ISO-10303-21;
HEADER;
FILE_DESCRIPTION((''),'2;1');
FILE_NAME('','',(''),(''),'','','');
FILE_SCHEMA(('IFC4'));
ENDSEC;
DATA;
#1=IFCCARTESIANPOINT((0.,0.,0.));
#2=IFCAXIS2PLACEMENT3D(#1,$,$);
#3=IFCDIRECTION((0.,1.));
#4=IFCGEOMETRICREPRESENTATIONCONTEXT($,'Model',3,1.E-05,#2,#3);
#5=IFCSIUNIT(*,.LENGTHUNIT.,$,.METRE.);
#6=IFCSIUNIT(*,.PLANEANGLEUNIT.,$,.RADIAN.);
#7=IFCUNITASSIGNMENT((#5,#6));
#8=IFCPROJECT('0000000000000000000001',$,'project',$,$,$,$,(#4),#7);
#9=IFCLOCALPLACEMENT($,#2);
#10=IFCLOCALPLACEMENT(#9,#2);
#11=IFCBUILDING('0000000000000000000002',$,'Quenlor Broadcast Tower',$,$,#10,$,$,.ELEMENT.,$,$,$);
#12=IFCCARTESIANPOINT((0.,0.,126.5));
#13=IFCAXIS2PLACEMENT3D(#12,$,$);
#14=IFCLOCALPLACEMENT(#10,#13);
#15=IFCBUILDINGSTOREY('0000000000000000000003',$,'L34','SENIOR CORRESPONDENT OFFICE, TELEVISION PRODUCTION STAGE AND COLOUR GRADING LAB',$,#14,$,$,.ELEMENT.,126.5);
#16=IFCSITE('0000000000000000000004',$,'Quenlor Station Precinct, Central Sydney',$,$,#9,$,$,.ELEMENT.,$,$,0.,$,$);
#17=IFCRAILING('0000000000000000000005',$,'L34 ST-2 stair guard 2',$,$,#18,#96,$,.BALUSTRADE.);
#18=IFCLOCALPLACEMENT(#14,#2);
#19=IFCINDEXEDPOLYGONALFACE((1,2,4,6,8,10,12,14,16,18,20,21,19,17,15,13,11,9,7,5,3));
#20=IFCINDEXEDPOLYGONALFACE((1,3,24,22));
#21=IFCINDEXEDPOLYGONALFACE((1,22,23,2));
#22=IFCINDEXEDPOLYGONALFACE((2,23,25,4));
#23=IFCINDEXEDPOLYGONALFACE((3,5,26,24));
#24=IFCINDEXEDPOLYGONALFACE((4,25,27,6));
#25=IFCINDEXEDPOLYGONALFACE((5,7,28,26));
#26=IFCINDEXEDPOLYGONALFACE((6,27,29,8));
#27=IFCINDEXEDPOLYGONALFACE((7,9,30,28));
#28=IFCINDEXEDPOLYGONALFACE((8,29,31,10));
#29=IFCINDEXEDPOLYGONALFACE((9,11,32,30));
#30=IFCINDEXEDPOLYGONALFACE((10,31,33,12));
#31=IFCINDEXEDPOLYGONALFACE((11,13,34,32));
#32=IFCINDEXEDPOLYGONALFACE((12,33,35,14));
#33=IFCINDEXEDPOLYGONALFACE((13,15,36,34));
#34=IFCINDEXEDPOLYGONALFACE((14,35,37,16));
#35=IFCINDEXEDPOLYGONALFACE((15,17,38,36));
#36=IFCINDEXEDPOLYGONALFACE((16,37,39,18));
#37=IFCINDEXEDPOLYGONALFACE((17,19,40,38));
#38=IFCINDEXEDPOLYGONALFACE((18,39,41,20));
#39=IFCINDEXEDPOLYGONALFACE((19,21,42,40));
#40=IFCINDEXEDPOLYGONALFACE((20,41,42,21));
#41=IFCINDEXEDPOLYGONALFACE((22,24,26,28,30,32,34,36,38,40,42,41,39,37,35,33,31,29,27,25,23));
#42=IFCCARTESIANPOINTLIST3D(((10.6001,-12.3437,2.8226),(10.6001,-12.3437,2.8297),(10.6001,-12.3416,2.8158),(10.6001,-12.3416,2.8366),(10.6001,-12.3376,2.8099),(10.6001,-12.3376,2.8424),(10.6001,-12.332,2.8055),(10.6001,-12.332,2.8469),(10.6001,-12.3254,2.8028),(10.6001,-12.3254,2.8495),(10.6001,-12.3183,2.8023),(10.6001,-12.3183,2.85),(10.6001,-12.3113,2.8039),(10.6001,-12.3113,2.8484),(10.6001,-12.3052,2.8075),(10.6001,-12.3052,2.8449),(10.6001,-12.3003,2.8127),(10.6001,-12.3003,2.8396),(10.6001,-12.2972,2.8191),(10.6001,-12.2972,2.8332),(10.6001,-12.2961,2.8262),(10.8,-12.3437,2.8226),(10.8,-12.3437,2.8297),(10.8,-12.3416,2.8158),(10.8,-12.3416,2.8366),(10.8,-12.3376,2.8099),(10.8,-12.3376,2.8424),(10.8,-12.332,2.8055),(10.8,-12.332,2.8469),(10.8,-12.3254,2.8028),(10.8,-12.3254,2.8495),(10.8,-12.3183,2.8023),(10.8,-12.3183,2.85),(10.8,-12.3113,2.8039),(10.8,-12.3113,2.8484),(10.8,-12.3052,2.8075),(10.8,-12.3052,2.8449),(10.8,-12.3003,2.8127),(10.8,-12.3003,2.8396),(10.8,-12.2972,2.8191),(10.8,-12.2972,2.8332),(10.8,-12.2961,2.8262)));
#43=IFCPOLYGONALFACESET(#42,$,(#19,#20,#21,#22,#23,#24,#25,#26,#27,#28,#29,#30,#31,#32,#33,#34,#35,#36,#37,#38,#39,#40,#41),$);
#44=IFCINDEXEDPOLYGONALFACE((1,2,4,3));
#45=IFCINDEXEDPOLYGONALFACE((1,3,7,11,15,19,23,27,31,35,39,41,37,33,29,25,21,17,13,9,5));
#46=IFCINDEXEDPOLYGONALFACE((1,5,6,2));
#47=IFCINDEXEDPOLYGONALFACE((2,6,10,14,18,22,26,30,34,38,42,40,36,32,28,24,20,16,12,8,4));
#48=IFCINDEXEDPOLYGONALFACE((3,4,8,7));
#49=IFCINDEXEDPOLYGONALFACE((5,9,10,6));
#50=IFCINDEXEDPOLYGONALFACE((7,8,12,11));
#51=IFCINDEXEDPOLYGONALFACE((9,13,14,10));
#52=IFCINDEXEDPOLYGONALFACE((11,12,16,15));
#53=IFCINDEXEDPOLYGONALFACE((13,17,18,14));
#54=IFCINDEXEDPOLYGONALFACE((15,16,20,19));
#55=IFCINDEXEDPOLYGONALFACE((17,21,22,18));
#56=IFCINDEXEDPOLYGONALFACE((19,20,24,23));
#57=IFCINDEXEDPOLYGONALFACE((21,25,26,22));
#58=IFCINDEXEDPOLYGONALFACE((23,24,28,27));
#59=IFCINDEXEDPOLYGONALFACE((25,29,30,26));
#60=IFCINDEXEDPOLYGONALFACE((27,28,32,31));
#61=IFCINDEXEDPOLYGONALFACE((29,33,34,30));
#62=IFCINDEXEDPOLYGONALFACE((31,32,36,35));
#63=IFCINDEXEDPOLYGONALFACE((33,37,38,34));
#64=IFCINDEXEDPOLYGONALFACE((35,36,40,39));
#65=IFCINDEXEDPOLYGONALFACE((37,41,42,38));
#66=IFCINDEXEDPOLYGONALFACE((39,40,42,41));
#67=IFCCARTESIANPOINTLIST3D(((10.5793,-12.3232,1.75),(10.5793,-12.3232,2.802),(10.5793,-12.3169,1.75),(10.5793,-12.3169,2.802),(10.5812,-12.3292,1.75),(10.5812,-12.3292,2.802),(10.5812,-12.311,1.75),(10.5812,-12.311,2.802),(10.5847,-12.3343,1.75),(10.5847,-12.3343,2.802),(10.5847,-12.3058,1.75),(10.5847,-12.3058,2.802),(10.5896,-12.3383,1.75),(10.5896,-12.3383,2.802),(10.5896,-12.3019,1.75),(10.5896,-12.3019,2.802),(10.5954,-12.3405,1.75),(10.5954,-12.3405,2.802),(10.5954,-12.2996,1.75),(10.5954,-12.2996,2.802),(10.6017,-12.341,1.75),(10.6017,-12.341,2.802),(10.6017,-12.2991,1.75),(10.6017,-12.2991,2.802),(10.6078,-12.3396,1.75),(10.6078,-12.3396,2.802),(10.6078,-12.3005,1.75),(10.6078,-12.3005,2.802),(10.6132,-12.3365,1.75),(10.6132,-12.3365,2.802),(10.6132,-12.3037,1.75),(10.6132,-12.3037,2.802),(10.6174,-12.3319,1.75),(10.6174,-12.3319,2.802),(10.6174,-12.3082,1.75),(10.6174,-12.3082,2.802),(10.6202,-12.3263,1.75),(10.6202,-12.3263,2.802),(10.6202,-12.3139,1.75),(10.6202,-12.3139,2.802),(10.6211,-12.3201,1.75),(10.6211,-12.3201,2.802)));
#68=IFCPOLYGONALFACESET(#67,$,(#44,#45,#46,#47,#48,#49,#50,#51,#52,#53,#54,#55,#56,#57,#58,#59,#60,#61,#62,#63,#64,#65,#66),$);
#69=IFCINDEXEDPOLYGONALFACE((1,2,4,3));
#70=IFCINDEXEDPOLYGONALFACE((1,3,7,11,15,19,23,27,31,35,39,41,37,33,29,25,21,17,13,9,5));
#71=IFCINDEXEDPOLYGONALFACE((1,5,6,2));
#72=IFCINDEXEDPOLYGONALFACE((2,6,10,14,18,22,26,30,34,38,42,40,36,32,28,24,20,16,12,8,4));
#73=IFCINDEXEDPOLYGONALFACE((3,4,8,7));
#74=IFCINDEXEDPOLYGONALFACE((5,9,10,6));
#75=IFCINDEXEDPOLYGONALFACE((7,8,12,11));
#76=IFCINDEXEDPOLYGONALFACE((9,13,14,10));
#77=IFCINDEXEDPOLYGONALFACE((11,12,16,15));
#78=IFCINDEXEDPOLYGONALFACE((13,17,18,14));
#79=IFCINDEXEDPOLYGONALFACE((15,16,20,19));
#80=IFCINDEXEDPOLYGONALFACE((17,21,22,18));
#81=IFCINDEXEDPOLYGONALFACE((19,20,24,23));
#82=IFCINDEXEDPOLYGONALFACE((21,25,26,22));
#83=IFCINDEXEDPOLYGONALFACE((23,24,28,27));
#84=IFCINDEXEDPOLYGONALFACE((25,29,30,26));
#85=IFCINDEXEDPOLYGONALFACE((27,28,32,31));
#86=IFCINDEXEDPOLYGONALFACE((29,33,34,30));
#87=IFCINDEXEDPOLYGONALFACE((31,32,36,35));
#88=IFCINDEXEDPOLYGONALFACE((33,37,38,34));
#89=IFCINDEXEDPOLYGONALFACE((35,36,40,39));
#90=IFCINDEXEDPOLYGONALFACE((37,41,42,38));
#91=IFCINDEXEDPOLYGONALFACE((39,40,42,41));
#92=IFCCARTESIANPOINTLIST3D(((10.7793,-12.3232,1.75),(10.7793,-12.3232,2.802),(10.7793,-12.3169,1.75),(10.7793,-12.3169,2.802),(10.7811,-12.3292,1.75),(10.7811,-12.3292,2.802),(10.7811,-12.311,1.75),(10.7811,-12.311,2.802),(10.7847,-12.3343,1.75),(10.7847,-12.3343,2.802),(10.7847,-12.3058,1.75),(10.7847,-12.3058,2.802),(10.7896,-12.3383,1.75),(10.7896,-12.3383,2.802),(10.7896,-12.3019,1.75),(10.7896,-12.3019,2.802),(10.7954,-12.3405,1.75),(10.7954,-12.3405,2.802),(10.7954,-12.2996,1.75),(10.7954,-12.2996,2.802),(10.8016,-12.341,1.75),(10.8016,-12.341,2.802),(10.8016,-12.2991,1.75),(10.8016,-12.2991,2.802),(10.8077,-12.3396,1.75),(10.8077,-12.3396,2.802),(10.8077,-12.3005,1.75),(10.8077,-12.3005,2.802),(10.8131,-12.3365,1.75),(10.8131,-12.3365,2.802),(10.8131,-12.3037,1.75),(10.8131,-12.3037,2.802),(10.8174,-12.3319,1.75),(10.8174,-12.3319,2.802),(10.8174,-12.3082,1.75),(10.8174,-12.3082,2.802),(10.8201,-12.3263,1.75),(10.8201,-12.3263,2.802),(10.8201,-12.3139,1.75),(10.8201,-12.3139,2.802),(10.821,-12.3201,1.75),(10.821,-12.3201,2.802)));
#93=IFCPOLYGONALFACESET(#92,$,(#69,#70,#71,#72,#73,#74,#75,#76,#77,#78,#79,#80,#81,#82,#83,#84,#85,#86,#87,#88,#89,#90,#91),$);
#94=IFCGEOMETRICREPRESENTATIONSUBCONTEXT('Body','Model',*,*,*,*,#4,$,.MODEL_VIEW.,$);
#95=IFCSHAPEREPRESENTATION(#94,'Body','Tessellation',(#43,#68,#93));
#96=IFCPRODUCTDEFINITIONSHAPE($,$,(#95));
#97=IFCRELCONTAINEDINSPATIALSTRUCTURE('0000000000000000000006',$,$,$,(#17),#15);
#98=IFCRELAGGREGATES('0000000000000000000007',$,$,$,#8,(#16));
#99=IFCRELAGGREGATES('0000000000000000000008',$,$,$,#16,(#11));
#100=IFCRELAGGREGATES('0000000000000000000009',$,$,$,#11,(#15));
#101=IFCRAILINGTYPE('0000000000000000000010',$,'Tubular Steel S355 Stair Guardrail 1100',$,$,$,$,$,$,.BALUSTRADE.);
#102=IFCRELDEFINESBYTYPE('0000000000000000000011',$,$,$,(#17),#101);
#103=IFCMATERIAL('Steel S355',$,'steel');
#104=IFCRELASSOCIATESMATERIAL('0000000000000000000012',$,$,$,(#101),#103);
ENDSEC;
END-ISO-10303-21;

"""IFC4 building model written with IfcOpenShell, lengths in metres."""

from ifc_helpers import new_model, si_unit, direction, frame, origin, origin_2d, place, context, subcontext, project, spatial, circle, extrude, material, type_object, element, save


model = new_model("IFC4")

# Units and contexts
model_context = context("Model", 3, precision=1e-05, world=origin(), true_north=direction((0.0, 1.0)))
body_context = subcontext(model_context, "Body", "Model", "MODEL_VIEW")
ifc_project = project(units=[si_unit("LENGTHUNIT", "METRE"), si_unit("PLANEANGLEUNIT", "RADIAN")], contexts=[model_context])

# Site, building, storey
site_placement = place(None, origin())
site = spatial("IfcSite", under=ifc_project, at=site_placement, Name="Quenlor Station Precinct, Central Sydney", CompositionType="ELEMENT", RefElevation=0.0)
building_placement = place(site_placement, origin())
building = spatial("IfcBuilding", under=site, at=building_placement, Name="Quenlor Broadcast Tower", CompositionType="ELEMENT")
storey_placement = place(building_placement, frame((0.0, 0.0, 126.5)))
storey = spatial("IfcBuildingStorey", under=building, at=storey_placement, Name="L34", Description="SENIOR CORRESPONDENT OFFICE, TELEVISION PRODUCTION STAGE AND COLOUR GRADING LAB", CompositionType="ELEMENT", Elevation=126.5)

# Railing
ifc_material_1 = material(Name="Steel S355", Category="steel")
railing_type_1 = type_object("IfcRailingType", Name="Tubular Steel S355 Stair Guardrail 1100", PredefinedType="BALUSTRADE", material=ifc_material_1)
railing_1_placement = place(storey_placement, frame((10.6001, -12.3201, 1.75)))
element("IfcRailing", 1, at=railing_1_placement, inside=storey, type_object=railing_type_1, Name="L34 ST-2 stair guard 2", PredefinedType="BALUSTRADE", context=body_context, shape_type="SweptSolid", body=[
    extrude(circle(Radius=0.0239, at=origin_2d()), frame((0.0, 0.0, 1.0762), z_axis=(1.0, 0.0, 0.0), x_axis=(0.0, 1.0, 0.0)), (0.0, 0.0, 1.0), 0.2),
    extrude(circle(Radius=0.021, at=origin_2d()), origin(), (0.0, 0.0, 1.0), 1.052),
    extrude(circle(Radius=0.021, at=origin_2d()), frame((0.2, 0.0, 0.0)), (0.0, 0.0, 1.0), 1.052),
])

save(model, "model.ifc")
